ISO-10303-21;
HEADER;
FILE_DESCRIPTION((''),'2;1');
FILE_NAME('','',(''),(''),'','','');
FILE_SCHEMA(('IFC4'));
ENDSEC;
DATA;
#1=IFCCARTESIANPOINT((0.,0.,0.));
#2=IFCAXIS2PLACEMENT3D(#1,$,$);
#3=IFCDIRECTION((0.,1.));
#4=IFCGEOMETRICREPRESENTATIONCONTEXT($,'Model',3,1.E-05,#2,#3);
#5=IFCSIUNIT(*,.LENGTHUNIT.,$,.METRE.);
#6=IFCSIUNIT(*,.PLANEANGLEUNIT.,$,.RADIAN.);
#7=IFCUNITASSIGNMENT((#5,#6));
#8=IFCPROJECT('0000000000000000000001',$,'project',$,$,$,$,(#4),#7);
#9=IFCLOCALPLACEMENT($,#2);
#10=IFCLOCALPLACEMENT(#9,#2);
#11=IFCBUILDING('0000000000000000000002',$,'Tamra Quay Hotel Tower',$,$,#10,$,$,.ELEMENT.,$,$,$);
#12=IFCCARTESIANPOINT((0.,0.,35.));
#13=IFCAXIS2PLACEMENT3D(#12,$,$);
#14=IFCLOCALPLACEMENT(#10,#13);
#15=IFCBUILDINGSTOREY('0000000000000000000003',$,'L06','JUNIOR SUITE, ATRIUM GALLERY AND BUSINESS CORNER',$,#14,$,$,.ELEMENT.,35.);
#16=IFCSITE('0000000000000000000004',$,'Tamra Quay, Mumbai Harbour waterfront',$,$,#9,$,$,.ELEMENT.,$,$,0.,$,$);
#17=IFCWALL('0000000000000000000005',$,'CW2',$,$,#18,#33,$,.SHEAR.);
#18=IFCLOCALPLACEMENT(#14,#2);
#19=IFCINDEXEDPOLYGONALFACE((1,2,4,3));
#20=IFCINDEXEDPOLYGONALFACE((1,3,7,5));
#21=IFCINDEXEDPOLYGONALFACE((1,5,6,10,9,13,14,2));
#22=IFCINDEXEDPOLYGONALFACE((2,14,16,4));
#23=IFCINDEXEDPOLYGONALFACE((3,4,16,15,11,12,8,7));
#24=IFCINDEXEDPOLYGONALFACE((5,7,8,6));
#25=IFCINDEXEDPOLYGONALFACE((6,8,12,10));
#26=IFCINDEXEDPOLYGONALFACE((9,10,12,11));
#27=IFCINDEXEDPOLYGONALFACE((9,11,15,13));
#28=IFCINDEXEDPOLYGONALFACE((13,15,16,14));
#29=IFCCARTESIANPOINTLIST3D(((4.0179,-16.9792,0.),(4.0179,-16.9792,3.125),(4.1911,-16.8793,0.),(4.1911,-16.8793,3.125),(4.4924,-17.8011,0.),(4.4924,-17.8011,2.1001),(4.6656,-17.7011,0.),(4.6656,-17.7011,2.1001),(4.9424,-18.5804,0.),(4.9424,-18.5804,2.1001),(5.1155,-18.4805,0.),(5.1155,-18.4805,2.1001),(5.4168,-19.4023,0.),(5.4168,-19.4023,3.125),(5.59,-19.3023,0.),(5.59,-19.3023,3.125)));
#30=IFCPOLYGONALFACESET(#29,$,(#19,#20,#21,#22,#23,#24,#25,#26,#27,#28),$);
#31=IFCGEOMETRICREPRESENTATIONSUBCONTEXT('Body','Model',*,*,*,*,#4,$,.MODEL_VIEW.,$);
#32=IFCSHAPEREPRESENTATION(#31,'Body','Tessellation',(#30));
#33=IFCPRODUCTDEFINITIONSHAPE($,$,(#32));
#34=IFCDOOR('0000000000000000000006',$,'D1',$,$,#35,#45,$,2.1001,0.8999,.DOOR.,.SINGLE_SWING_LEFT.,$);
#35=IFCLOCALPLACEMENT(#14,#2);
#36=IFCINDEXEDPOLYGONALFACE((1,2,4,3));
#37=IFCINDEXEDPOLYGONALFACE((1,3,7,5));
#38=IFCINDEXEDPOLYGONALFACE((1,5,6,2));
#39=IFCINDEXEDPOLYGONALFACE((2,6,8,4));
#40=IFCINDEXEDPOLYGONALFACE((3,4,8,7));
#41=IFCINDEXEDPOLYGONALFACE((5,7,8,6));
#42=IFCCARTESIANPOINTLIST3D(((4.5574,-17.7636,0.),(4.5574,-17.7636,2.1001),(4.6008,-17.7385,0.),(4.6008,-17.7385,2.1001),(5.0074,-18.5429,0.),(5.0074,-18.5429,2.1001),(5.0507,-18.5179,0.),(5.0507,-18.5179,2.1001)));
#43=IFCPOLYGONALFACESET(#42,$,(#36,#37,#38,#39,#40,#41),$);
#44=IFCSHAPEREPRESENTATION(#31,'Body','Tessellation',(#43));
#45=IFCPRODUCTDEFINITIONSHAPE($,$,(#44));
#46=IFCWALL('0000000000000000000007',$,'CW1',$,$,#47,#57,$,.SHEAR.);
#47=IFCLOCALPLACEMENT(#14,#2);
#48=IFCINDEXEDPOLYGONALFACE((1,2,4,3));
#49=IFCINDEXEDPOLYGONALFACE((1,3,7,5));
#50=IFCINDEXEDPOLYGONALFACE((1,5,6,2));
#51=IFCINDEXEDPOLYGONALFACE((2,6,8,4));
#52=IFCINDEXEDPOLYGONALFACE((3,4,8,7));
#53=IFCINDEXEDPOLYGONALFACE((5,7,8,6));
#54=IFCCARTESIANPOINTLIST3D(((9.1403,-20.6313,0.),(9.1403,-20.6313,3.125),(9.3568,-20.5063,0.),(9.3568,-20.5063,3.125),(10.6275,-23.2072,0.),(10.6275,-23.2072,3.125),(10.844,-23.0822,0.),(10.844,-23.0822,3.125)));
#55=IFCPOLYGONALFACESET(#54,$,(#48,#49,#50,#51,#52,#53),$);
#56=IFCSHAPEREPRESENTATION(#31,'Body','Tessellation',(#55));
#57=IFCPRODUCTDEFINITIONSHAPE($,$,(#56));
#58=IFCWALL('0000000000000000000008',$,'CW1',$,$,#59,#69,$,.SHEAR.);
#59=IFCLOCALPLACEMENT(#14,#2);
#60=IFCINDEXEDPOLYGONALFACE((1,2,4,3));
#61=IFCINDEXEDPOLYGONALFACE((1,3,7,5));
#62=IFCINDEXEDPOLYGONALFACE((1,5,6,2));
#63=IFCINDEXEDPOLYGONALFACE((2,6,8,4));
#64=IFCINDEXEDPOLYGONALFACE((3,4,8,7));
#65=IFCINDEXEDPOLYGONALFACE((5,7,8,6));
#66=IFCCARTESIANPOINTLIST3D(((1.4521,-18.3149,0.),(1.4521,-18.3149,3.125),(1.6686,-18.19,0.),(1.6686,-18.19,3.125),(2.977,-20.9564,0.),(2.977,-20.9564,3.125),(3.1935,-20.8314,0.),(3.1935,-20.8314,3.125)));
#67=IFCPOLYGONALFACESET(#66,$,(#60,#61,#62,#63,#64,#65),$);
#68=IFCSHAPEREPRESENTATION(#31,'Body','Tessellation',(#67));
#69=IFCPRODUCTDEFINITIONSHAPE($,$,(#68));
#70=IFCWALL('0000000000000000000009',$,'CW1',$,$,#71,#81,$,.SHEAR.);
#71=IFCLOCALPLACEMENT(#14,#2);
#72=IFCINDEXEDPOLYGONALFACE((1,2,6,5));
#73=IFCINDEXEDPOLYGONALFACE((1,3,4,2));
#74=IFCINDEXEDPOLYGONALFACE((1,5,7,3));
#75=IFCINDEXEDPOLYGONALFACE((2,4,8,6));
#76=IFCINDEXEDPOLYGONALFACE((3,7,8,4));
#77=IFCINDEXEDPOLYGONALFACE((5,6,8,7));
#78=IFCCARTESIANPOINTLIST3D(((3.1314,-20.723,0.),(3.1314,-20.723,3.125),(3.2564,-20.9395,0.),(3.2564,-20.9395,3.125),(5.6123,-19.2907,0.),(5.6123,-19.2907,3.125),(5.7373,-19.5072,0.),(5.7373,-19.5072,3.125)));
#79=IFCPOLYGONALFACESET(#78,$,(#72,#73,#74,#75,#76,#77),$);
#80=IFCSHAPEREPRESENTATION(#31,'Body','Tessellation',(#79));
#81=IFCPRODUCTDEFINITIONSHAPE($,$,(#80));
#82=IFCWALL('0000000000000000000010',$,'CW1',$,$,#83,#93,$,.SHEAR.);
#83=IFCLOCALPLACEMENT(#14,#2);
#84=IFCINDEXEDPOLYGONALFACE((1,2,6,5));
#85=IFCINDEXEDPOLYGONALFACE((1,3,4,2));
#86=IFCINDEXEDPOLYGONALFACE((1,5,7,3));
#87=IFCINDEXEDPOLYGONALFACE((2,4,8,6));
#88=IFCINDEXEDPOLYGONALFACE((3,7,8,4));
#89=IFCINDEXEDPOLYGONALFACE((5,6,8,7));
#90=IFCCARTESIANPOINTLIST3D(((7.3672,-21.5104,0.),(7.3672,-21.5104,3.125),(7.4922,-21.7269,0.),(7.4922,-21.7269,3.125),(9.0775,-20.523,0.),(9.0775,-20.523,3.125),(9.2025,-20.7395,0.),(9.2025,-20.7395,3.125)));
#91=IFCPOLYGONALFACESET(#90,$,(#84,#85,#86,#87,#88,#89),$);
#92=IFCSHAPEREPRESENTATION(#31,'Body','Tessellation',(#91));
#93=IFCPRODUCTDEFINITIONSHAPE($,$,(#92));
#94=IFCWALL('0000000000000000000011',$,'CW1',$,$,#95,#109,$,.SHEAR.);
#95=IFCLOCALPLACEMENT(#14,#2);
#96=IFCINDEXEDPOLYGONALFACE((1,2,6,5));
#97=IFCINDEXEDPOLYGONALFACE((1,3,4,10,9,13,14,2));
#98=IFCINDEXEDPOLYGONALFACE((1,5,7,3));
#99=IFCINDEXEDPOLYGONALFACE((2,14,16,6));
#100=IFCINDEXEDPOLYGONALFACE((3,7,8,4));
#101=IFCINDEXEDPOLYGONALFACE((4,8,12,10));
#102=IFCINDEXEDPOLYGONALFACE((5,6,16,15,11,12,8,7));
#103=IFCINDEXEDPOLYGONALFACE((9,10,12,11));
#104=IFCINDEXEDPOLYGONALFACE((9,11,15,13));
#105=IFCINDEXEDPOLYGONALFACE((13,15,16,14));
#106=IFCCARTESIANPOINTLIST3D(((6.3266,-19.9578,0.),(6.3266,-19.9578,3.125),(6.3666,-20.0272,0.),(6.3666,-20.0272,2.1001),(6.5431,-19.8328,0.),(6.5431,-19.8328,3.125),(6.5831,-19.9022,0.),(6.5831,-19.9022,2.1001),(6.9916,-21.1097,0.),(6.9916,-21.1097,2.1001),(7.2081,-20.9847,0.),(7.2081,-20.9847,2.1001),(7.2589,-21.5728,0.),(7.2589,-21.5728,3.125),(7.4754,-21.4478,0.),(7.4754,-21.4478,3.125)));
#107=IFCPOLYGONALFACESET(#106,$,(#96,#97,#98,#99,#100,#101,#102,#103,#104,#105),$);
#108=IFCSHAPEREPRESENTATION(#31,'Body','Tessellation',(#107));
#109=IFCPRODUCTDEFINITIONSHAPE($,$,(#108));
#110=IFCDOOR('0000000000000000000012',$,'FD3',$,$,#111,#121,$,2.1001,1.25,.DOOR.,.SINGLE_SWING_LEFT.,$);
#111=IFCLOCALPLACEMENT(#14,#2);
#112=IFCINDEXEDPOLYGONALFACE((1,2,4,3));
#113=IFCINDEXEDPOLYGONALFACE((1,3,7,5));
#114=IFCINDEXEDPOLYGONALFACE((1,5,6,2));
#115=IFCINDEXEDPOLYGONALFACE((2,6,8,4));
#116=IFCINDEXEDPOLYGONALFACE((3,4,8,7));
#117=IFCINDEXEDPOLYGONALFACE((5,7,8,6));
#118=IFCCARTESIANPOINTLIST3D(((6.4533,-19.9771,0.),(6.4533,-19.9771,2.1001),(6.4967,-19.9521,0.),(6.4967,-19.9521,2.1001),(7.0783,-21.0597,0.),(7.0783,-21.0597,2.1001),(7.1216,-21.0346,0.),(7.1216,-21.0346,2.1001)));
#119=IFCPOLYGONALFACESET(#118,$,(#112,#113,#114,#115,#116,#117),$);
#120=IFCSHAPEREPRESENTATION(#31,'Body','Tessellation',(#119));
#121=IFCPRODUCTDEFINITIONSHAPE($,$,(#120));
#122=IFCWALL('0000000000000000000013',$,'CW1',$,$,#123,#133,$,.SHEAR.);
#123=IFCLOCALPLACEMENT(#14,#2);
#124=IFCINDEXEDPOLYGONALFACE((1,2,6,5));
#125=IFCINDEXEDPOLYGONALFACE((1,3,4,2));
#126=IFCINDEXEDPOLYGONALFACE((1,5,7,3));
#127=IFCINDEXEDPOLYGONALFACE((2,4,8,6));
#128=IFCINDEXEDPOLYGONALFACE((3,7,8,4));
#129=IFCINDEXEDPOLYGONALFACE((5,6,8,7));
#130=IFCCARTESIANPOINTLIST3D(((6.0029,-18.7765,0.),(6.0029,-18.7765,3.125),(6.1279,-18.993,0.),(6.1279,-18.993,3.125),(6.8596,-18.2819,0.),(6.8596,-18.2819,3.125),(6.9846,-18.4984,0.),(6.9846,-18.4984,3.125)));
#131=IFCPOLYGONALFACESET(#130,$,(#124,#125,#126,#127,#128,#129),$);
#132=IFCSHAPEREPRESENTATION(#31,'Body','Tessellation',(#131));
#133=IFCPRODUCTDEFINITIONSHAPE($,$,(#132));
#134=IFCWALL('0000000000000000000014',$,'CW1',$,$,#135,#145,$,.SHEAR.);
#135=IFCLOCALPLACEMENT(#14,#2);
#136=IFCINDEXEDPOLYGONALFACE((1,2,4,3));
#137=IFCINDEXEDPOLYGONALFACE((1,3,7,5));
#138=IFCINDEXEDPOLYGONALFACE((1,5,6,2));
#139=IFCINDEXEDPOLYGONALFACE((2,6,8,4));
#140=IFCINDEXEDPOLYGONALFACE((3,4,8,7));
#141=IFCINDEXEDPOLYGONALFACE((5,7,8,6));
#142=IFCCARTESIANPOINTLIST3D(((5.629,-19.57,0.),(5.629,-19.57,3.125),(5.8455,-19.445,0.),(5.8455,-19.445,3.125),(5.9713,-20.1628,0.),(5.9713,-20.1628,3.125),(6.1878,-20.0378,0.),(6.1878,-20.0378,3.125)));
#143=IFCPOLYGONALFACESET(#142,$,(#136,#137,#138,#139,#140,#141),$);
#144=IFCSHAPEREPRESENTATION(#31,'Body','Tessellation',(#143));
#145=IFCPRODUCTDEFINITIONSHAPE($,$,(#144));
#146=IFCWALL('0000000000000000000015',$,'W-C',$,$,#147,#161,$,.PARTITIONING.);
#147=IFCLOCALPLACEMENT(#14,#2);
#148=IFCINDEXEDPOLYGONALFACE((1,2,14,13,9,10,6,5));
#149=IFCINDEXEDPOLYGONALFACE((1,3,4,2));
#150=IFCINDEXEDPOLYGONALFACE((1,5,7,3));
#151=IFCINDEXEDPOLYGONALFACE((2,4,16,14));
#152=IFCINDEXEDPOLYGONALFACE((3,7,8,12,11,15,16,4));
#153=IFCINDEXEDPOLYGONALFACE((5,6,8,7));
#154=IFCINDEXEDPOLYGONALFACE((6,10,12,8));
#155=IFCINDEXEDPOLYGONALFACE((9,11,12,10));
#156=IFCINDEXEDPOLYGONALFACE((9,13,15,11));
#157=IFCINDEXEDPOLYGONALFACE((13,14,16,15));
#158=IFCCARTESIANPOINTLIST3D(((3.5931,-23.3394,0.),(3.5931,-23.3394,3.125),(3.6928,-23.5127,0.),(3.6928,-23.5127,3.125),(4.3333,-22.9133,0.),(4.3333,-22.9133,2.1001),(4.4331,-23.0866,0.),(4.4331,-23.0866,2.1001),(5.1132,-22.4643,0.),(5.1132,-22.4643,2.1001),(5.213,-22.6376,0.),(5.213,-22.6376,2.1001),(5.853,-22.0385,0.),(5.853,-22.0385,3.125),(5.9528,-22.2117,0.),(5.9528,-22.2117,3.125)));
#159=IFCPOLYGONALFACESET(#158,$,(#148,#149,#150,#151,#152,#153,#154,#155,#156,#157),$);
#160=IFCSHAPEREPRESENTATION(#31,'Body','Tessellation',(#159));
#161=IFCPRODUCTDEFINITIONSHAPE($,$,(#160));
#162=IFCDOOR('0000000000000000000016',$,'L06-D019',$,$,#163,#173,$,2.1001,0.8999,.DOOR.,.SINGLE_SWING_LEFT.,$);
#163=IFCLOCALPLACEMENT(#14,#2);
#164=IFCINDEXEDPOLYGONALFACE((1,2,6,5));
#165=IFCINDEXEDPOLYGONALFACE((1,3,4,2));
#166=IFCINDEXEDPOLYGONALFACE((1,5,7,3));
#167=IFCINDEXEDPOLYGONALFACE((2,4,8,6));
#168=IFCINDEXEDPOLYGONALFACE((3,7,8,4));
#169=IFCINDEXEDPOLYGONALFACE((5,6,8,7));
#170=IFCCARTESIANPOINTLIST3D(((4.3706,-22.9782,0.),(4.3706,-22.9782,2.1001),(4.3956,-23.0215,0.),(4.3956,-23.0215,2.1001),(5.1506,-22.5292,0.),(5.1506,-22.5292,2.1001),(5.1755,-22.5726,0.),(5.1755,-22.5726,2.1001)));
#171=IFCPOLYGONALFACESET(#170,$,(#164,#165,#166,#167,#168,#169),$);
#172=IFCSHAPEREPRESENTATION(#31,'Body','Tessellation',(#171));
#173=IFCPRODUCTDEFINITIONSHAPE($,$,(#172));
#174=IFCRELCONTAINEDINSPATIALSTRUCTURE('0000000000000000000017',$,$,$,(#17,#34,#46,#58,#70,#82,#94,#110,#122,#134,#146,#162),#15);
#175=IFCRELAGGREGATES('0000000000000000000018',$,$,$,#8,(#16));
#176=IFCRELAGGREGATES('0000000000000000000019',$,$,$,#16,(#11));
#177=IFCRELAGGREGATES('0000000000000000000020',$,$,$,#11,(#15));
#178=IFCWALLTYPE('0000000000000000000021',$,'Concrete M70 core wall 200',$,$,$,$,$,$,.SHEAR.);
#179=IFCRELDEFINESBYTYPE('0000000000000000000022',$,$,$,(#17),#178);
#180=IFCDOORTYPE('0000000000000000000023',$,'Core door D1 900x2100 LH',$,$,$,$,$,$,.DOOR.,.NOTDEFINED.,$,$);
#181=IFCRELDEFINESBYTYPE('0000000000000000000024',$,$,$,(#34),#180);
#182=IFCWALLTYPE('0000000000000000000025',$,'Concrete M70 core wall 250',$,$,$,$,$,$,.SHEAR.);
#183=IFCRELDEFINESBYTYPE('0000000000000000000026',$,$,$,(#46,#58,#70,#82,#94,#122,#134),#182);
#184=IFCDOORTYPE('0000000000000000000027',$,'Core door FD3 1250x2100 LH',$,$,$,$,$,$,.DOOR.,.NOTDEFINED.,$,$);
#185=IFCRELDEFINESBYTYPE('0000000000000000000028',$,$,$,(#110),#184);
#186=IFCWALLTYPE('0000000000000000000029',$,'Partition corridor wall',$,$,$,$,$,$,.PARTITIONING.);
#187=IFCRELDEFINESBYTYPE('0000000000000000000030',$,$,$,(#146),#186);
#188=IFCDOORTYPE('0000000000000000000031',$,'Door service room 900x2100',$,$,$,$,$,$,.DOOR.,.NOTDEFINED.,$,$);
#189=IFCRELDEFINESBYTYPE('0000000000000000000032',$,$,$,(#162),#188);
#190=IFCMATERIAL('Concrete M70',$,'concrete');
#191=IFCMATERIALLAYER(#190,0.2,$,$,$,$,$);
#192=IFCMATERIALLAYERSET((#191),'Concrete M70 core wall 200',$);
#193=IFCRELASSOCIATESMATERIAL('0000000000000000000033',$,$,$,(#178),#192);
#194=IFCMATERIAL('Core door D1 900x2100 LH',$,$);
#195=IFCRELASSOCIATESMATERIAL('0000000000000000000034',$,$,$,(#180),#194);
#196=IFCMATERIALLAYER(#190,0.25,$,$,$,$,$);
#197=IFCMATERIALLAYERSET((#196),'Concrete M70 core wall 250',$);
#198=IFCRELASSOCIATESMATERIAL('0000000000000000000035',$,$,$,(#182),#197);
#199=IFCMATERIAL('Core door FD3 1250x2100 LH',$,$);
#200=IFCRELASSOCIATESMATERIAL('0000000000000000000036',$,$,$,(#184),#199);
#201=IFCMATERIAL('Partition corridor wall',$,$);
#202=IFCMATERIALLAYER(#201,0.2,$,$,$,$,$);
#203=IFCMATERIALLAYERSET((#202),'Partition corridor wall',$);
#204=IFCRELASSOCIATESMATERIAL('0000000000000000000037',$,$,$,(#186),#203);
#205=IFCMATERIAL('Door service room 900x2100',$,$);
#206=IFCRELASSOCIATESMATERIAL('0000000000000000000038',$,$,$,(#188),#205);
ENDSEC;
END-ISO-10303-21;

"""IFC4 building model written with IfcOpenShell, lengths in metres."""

from ifc_helpers import new_model, si_unit, direction, frame, frame_2d, origin, place, context, subcontext, project, spatial, rectangle, extrude, material, layer, layer_set, type_object, element, fill, save


model = new_model("IFC4")

# Units and contexts
model_context = context("Model", 3, precision=1e-05, world=origin(), true_north=direction((0.0, 1.0)))
body_context = subcontext(model_context, "Body", "Model", "MODEL_VIEW")
ifc_project = project(units=[si_unit("LENGTHUNIT", "METRE"), si_unit("PLANEANGLEUNIT", "RADIAN")], contexts=[model_context])

# Site, building, storey
site_placement = place(None, origin())
site = spatial("IfcSite", under=ifc_project, at=site_placement, Name="Tamra Quay, Mumbai Harbour waterfront", CompositionType="ELEMENT", RefElevation=0.0)
building_placement = place(site_placement, origin())
building = spatial("IfcBuilding", under=site, at=building_placement, Name="Tamra Quay Hotel Tower", CompositionType="ELEMENT")
storey_placement = place(building_placement, frame((0.0, 0.0, 35.0)))
storey = spatial("IfcBuildingStorey", under=building, at=storey_placement, Name="L06", Description="JUNIOR SUITE, ATRIUM GALLERY AND BUSINESS CORNER", CompositionType="ELEMENT", Elevation=35.0)

# Shared definitions
ifc_material_1 = material(Name="Concrete M70", Category="concrete")

# Shared definitions
ifc_layer_1 = layer(ifc_material_1, 0.2)
ifc_layer_set_1 = layer_set([ifc_layer_1], Name="Concrete M70 core wall 200")
wall_type_1 = type_object("IfcWallType", Name="Concrete M70 core wall 200", PredefinedType="SHEAR", material=ifc_layer_set_1)

# Wall, opening, door
wall_1_placement = place(storey_placement, frame((5.5034, -19.3523, 0.0), z_axis=(0.0, 0.0, 1.0), x_axis=(-0.499987, 0.866033, 0.0)))
wall_1 = element("IfcWall", 1, at=wall_1_placement, inside=storey, type_object=wall_type_1, Name="CW2", PredefinedType="SHEAR", context=body_context, shape_type="SweptSolid", body=[
    extrude(rectangle(XDim=2.7979, YDim=0.2, at=frame_2d((1.3989, 0.0))), origin(), (0.0, 0.0, 1.0), 3.125),
])
opening_1_placement = place(wall_1_placement, frame((0.949, 0.0, 0.0)))
opening_1 = element("IfcOpeningElement", 2, at=opening_1_placement, cuts=wall_1, PredefinedType="OPENING", context=body_context, shape_type="SweptSolid", body=[
    extrude(rectangle(XDim=0.8999, YDim=2.1001, at=frame_2d((0.45, 1.05))), frame((0.0, 0.1099, 0.0), z_axis=(0.0, -1.0, 0.0), x_axis=(1.0, 0.0, 0.0)), (0.0, 0.0, 1.0), 0.22),
])
ifc_material_2 = material(Name="Core door D1 900x2100 LH")
door_type_1 = type_object("IfcDoorType", Name="Core door D1 900x2100 LH", OperationType="NOTDEFINED", PredefinedType="DOOR", material=ifc_material_2)
door_1_placement = place(opening_1_placement, origin())
door_1 = element("IfcDoor", 3, at=door_1_placement, inside=storey, type_object=door_type_1, Name="D1", OperationType="SINGLE_SWING_LEFT", OverallHeight=2.1001, OverallWidth=0.8999, PredefinedType="DOOR", context=body_context, shape_type="SweptSolid", body=[
    extrude(rectangle(XDim=0.8999, YDim=2.1001, at=frame_2d((0.45, 1.05))), frame((0.0, 0.0249, 0.0), z_axis=(0.0, -1.0, 0.0), x_axis=(1.0, 0.0, 0.0)), (0.0, 0.0, 1.0), 0.05),
])
fill(opening_1, door_1)

# Walls
ifc_layer_2 = layer(ifc_material_1, 0.25)
ifc_layer_set_2 = layer_set([ifc_layer_2], Name="Concrete M70 core wall 250")
wall_type_2 = type_object("IfcWallType", Name="Concrete M70 core wall 250", PredefinedType="SHEAR", material=ifc_layer_set_2)
wall_2_placement = place(storey_placement, frame((10.7358, -23.1448, 0.0), z_axis=(0.0, 0.0, 1.0), x_axis=(-0.500023, 0.866012, 0.0)))
element("IfcWall", 4, at=wall_2_placement, inside=storey, type_object=wall_type_2, Name="CW1", PredefinedType="SHEAR", context=body_context, shape_type="SweptSolid", body=[
    extrude(rectangle(XDim=2.9744, YDim=0.25, at=frame_2d((1.4873, 0.0))), origin(), (0.0, 0.0, 1.0), 3.125),
])
wall_3_placement = place(storey_placement, frame((3.0852, -20.8938, 0.0), z_axis=(0.0, 0.0, 1.0), x_axis=(-0.499979, 0.866038, 0.0)))
element("IfcWall", 5, at=wall_3_placement, inside=storey, type_object=wall_type_2, Name="CW1", PredefinedType="SHEAR", context=body_context, shape_type="SweptSolid", body=[
    extrude(rectangle(XDim=3.05, YDim=0.25, at=frame_2d((1.5249, 0.0))), origin(), (0.0, 0.0, 1.0), 3.125),
])
wall_4_placement = place(storey_placement, frame((5.6748, -19.3989, 0.0), z_axis=(0.0, 0.0, 1.0), x_axis=(-0.866027, -0.499998, 0.0)))
element("IfcWall", 6, at=wall_4_placement, inside=storey, type_object=wall_type_2, Name="CW1", PredefinedType="SHEAR", context=body_context, shape_type="SweptSolid", body=[
    extrude(rectangle(XDim=2.8647, YDim=0.25, at=frame_2d((1.4324, 0.0))), origin(), (0.0, 0.0, 1.0), 3.125),
])
wall_5_placement = place(storey_placement, frame((9.1399, -20.6313, 0.0), z_axis=(0.0, 0.0, 1.0), x_axis=(-0.866044, -0.499969, 0.0)))
element("IfcWall", 7, at=wall_5_placement, inside=storey, type_object=wall_type_2, Name="CW1", PredefinedType="SHEAR", context=body_context, shape_type="SweptSolid", body=[
    extrude(rectangle(XDim=1.9749, YDim=0.25, at=frame_2d((0.9873, 0.0))), origin(), (0.0, 0.0, 1.0), 3.125),
])

# Wall, opening, door
wall_6_placement = place(storey_placement, frame((7.3672, -21.5103, 0.0), z_axis=(0.0, 0.0, 1.0), x_axis=(-0.499983, 0.866035, 0.0)))
wall_6 = element("IfcWall", 8, at=wall_6_placement, inside=storey, type_object=wall_type_2, Name="CW1", PredefinedType="SHEAR", context=body_context, shape_type="SweptSolid", body=[
    extrude(rectangle(XDim=1.8647, YDim=0.25, at=frame_2d((0.9324, 0.0))), origin(), (0.0, 0.0, 1.0), 3.125),
])
opening_2_placement = place(wall_6_placement, frame((0.5347, 0.0, 0.0)))
opening_2 = element("IfcOpeningElement", 9, at=opening_2_placement, cuts=wall_6, PredefinedType="OPENING", context=body_context, shape_type="SweptSolid", body=[
    extrude(rectangle(XDim=1.25, YDim=2.1001, at=frame_2d((0.625, 1.05))), frame((0.0, 0.135, 0.0), z_axis=(0.0, -1.0, 0.0), x_axis=(1.0, 0.0, 0.0)), (0.0, 0.0, 1.0), 0.27),
])
ifc_material_3 = material(Name="Core door FD3 1250x2100 LH")
door_type_2 = type_object("IfcDoorType", Name="Core door FD3 1250x2100 LH", OperationType="NOTDEFINED", PredefinedType="DOOR", material=ifc_material_3)
door_2_placement = place(opening_2_placement, origin())
door_2 = element("IfcDoor", 10, at=door_2_placement, inside=storey, type_object=door_type_2, Name="FD3", OperationType="SINGLE_SWING_LEFT", OverallHeight=2.1001, OverallWidth=1.25, PredefinedType="DOOR", context=body_context, shape_type="SweptSolid", body=[
    extrude(rectangle(XDim=1.25, YDim=2.1001, at=frame_2d((0.625, 1.05))), frame((0.0, 0.0249, 0.0), z_axis=(0.0, -1.0, 0.0), x_axis=(1.0, 0.0, 0.0)), (0.0, 0.0, 1.0), 0.05),
])
fill(opening_2, door_2)

# Walls
wall_7_placement = place(storey_placement, frame((6.0654, -18.8848, 0.0), z_axis=(0.0, 0.0, 1.0), x_axis=(0.866017, 0.500014, 0.0)))
element("IfcWall", 11, at=wall_7_placement, inside=storey, type_object=wall_type_2, Name="CW1", PredefinedType="SHEAR", context=body_context, shape_type="SweptSolid", body=[
    extrude(rectangle(XDim=0.9893, YDim=0.25, at=frame_2d((0.4946, 0.0))), origin(), (0.0, 0.0, 1.0), 3.125),
])
wall_8_placement = place(storey_placement, frame((6.0796, -20.1003, 0.0), z_axis=(0.0, 0.0, 1.0), x_axis=(-0.500052, 0.865996, 0.0)))
element("IfcWall", 12, at=wall_8_placement, inside=storey, type_object=wall_type_2, Name="CW1", PredefinedType="SHEAR", context=body_context, shape_type="SweptSolid", body=[
    extrude(rectangle(XDim=0.6846, YDim=0.25, at=frame_2d((0.3423, 0.0))), origin(), (0.0, 0.0, 1.0), 3.125),
])

# Wall, opening, door
ifc_material_4 = material(Name="Partition corridor wall")
ifc_layer_3 = layer(ifc_material_4, 0.2)
ifc_layer_set_3 = layer_set([ifc_layer_3], Name="Partition corridor wall")
wall_type_3 = type_object("IfcWallType", Name="Partition corridor wall", PredefinedType="PARTITIONING", material=ifc_layer_set_3)
wall_9_placement = place(storey_placement, frame((3.6431, -23.426, 0.0), z_axis=(0.0, 0.0, 1.0), x_axis=(0.866654, 0.498909, 0.0)))
wall_9 = element("IfcWall", 13, at=wall_9_placement, inside=storey, type_object=wall_type_3, Name="W-C", PredefinedType="PARTITIONING", context=body_context, shape_type="SweptSolid", body=[
    extrude(rectangle(XDim=2.6077, YDim=0.2, at=frame_2d((1.3037, 0.0))), origin(), (0.0, 0.0, 1.0), 3.125),
])
opening_3_placement = place(wall_9_placement, frame((0.854, 0.0, 0.0)))
opening_3 = element("IfcOpeningElement", 14, at=opening_3_placement, cuts=wall_9, PredefinedType="OPENING", context=body_context, shape_type="SweptSolid", body=[
    extrude(rectangle(XDim=0.8999, YDim=2.1001, at=frame_2d((0.45, 1.05))), frame((0.0, 0.1099, 0.0), z_axis=(0.0, -1.0, 0.0), x_axis=(1.0, 0.0, 0.0)), (0.0, 0.0, 1.0), 0.22),
])
ifc_material_5 = material(Name="Door service room 900x2100")
door_type_3 = type_object("IfcDoorType", Name="Door service room 900x2100", OperationType="NOTDEFINED", PredefinedType="DOOR", material=ifc_material_5)
door_3_placement = place(opening_3_placement, frame((0.8999, 0.0, 0.0), z_axis=(0.0, 0.0, 1.0), x_axis=(-1.0, 0.0, 0.0)))
door_3 = element("IfcDoor", 15, at=door_3_placement, inside=storey, type_object=door_type_3, Name="L06-D019", OperationType="SINGLE_SWING_LEFT", OverallHeight=2.1001, OverallWidth=0.8999, PredefinedType="DOOR", context=body_context, shape_type="SweptSolid", body=[
    extrude(rectangle(XDim=0.8999, YDim=2.1001, at=frame_2d((0.45, 1.05))), frame((0.0, 0.0249, 0.0), z_axis=(0.0, -1.0, 0.0), x_axis=(1.0, 0.0, 0.0)), (0.0, 0.0, 1.0), 0.05),
])
fill(opening_3, door_3)

save(model, "model.ifc")
